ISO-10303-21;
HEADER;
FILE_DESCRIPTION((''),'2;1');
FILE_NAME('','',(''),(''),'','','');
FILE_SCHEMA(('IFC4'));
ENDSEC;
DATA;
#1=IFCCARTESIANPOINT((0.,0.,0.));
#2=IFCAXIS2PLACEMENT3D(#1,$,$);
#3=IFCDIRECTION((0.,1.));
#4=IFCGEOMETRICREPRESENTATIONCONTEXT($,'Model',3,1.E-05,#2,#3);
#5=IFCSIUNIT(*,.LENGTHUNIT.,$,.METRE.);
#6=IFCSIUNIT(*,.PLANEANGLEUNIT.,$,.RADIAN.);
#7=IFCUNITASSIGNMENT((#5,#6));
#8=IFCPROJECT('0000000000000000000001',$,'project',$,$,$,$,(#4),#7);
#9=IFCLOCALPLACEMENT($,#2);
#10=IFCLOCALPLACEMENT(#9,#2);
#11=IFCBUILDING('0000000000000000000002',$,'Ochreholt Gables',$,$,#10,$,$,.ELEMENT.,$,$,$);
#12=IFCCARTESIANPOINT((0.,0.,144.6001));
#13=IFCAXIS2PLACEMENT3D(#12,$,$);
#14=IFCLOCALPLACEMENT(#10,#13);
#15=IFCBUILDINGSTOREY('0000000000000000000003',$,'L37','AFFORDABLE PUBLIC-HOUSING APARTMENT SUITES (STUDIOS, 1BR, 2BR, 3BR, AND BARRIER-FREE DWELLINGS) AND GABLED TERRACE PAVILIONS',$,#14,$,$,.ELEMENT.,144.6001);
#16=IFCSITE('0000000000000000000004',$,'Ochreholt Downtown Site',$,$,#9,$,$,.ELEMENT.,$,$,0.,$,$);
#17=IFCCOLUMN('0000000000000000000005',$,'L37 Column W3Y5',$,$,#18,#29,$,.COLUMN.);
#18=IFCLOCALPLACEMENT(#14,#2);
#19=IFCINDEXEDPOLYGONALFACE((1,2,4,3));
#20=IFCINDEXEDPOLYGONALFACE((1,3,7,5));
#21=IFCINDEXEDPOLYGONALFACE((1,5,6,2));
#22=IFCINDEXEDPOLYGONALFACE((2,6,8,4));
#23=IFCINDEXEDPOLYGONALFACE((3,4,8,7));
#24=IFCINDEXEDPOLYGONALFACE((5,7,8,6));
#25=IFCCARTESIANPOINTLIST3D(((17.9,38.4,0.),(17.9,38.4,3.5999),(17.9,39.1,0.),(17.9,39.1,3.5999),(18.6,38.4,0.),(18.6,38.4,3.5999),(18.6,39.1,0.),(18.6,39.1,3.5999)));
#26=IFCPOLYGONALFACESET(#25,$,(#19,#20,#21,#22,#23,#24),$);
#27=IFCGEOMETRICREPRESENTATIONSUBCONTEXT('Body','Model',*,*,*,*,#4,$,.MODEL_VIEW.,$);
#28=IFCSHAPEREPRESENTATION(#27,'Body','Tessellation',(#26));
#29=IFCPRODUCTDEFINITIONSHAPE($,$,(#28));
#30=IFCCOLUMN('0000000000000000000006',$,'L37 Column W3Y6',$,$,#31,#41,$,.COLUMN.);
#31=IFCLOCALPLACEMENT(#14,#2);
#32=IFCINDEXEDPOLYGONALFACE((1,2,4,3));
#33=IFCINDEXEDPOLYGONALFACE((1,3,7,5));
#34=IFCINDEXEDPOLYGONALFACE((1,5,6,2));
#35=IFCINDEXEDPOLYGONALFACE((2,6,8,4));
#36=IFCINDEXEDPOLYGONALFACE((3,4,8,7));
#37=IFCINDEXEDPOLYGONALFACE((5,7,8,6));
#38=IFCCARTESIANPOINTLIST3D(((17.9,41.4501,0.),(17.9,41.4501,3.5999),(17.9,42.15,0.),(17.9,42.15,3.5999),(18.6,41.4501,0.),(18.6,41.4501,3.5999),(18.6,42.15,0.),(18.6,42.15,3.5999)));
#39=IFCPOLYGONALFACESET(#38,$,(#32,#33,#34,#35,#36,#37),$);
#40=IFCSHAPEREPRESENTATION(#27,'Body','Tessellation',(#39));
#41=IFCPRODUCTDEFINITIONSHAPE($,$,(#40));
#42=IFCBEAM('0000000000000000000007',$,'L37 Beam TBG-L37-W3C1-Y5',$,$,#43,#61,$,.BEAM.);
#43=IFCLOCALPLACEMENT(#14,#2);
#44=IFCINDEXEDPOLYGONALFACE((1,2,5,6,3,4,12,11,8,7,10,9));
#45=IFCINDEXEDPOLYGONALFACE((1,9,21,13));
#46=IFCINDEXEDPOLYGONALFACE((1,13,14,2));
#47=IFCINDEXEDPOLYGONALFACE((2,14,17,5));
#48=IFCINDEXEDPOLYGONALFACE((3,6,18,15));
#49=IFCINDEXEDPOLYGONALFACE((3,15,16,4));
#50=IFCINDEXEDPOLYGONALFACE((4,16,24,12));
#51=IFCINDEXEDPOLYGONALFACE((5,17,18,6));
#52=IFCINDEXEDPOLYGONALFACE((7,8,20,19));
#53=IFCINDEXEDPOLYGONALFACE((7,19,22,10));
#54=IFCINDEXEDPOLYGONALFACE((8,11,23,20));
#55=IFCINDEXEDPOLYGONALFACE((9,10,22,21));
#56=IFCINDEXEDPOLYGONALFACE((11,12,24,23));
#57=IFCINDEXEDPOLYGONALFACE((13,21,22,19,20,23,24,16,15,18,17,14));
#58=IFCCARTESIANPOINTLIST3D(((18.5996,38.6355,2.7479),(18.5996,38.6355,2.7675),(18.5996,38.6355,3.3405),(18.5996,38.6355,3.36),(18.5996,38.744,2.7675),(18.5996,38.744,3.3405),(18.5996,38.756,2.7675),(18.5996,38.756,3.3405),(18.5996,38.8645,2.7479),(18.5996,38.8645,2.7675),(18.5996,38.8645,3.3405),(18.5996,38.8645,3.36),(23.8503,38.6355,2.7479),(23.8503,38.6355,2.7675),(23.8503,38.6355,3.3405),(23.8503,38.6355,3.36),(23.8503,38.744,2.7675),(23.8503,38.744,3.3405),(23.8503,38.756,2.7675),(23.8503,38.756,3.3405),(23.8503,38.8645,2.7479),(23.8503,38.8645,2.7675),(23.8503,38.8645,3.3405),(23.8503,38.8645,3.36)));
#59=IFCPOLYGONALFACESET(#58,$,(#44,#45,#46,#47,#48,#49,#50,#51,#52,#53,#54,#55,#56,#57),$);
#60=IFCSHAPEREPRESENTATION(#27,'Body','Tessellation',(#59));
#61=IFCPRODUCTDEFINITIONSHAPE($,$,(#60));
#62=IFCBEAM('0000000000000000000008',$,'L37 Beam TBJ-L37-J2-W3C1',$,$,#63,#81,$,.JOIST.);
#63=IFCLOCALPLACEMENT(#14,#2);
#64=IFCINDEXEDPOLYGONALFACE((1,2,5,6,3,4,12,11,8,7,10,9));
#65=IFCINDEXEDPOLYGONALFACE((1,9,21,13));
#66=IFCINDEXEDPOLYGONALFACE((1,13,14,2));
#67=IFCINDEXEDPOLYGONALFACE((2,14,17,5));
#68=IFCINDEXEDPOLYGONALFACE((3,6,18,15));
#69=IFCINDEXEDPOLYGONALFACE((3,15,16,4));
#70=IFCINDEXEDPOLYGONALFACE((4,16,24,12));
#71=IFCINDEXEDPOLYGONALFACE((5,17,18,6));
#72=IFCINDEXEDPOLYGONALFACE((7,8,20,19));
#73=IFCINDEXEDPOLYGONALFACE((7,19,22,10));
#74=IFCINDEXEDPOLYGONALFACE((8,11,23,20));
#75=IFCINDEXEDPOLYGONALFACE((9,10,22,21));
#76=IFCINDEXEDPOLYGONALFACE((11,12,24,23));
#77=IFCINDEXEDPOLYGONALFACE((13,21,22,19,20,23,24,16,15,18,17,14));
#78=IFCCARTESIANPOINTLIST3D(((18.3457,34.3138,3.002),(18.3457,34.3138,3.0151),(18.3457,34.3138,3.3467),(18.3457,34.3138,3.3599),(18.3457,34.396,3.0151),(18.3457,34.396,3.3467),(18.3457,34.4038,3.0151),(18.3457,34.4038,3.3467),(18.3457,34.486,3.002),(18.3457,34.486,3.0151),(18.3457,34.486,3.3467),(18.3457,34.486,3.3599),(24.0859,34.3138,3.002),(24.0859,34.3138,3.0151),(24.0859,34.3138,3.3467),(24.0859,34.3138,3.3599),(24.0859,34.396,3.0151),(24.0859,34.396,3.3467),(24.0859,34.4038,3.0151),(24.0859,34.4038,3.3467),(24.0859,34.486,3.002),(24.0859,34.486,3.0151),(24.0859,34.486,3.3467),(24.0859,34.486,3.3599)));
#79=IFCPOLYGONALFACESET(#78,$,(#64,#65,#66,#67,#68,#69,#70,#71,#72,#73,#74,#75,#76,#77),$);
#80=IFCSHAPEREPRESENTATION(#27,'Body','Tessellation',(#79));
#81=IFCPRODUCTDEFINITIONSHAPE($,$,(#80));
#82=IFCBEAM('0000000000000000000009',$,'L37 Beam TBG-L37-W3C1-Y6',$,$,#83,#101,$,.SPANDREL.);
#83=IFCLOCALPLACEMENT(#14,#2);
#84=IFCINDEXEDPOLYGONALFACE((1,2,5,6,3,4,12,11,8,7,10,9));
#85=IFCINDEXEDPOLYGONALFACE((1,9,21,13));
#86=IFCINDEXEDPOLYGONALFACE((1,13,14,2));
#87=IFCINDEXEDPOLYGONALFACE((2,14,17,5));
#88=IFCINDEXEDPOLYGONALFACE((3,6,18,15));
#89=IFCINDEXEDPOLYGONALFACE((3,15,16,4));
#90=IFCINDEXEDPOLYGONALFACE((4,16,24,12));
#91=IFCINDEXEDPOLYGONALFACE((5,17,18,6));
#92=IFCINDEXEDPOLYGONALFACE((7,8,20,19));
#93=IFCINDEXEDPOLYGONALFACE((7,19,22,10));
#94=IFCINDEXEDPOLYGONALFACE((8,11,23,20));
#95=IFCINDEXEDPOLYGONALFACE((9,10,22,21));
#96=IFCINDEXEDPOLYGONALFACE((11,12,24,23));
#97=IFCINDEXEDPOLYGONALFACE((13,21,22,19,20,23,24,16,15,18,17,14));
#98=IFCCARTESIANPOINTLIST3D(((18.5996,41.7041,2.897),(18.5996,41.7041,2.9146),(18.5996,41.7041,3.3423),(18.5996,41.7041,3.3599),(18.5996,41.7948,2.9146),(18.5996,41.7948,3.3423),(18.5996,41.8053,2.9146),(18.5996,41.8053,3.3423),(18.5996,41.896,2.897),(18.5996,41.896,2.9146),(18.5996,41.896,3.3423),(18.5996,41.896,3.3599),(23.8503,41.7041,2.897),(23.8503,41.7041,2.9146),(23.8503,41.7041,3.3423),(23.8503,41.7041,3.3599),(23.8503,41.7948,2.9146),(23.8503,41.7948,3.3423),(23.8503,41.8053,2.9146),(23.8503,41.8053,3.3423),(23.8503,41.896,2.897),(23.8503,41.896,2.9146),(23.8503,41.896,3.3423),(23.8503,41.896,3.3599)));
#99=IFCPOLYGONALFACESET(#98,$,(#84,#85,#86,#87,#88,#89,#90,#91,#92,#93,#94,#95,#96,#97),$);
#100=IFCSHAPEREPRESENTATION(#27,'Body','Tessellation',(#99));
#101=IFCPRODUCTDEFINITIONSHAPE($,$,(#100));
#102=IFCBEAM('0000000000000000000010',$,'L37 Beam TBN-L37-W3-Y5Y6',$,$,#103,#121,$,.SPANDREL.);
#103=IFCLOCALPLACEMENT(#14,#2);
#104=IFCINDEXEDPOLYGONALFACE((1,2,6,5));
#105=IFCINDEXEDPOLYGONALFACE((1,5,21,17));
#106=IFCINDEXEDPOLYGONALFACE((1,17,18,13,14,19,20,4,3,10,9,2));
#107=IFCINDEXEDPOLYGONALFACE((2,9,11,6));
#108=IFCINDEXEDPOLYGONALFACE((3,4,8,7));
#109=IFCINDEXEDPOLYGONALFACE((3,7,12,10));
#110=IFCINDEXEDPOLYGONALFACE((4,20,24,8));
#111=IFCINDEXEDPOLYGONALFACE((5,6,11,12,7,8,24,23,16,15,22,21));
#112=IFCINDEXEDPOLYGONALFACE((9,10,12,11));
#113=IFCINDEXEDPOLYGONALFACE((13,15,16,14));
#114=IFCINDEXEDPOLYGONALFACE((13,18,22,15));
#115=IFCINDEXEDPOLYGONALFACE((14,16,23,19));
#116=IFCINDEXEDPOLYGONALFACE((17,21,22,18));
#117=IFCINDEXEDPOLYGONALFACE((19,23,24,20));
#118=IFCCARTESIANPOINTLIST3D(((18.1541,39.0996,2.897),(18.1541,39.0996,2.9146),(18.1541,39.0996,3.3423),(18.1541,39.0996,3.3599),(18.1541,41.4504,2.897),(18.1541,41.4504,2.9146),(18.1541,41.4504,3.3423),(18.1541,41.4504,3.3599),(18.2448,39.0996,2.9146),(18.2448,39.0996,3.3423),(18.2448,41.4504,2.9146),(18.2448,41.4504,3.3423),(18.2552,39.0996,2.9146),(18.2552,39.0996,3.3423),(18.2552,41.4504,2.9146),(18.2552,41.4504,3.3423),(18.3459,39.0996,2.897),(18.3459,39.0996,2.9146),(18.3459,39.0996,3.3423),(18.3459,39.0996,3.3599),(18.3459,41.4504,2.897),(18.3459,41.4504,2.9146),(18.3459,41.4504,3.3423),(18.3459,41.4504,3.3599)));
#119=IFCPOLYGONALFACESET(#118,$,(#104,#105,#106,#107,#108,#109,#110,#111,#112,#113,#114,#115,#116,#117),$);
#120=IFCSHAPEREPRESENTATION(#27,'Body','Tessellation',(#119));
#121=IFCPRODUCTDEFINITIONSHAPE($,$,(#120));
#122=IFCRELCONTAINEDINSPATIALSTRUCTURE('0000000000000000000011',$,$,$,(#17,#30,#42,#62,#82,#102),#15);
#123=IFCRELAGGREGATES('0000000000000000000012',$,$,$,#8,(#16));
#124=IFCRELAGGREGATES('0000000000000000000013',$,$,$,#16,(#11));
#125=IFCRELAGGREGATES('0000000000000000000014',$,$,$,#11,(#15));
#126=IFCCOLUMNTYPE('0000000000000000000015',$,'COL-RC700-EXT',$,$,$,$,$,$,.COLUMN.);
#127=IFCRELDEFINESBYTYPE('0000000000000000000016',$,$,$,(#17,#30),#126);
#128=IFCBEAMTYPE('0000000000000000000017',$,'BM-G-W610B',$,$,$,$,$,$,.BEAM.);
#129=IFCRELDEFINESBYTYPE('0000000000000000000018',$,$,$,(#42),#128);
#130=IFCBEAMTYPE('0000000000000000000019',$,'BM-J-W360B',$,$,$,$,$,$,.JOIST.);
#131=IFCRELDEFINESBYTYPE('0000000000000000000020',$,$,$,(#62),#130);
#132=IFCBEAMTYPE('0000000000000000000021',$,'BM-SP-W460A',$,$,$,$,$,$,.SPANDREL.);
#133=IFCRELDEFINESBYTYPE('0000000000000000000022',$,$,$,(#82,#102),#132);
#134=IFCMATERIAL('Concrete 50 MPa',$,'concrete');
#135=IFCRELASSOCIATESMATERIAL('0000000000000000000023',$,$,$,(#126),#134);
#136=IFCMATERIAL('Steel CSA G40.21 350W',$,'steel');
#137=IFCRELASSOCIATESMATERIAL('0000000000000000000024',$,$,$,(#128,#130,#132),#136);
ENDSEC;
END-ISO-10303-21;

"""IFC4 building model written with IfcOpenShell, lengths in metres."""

from ifc_helpers import new_model, si_unit, direction, frame, origin, origin_2d, place, context, subcontext, project, spatial, rectangle, i_section, extrude, material, material_profile, profile_set, type_object, element, save


model = new_model("IFC4")

# Units and contexts
model_context = context("Model", 3, precision=1e-05, world=origin(), true_north=direction((0.0, 1.0)))
body_context = subcontext(model_context, "Body", "Model", "MODEL_VIEW")
ifc_project = project(units=[si_unit("LENGTHUNIT", "METRE"), si_unit("PLANEANGLEUNIT", "RADIAN")], contexts=[model_context])

# Site, building, storey
site_placement = place(None, origin())
site = spatial("IfcSite", under=ifc_project, at=site_placement, Name="Ochreholt Downtown Site", CompositionType="ELEMENT", RefElevation=0.0)
building_placement = place(site_placement, origin())
building = spatial("IfcBuilding", under=site, at=building_placement, Name="Ochreholt Gables", CompositionType="ELEMENT")
storey_placement = place(building_placement, frame((0.0, 0.0, 144.6001)))
storey = spatial("IfcBuildingStorey", under=building, at=storey_placement, Name="L37", Description="AFFORDABLE PUBLIC-HOUSING APARTMENT SUITES (STUDIOS, 1BR, 2BR, 3BR, AND BARRIER-FREE DWELLINGS) AND GABLED TERRACE PAVILIONS", CompositionType="ELEMENT", Elevation=144.6001)

# Columns
ifc_material_1 = material(Name="Concrete 50 MPa", Category="concrete")
ifc_material_profile_1 = material_profile(ifc_material_1, rectangle(XDim=0.7, YDim=0.7, at=origin_2d()), Name="RC700X700")
ifc_profile_set_1 = profile_set([ifc_material_profile_1], Name="Concrete 50 MPa")
column_type = type_object("IfcColumnType", Name="COL-RC700-EXT", PredefinedType="COLUMN", material=ifc_profile_set_1)
for number, where, z_axis, x_axis, name in (
    (1, (18.25, 38.75, 0.0), (0.0, 0.0, 1.0), (1.0, 0.0, 0.0), "L37 Column W3Y5"),
    (2, (18.25, 41.8, 0.0), (0.0, 0.0, 1.0), (1.0, 0.0, 0.0), "L37 Column W3Y6"),
):
    element("IfcColumn", number, at=place(storey_placement, frame(where, z_axis=z_axis, x_axis=x_axis)), inside=storey, type_object=column_type, Name=name, PredefinedType="COLUMN", context=body_context, shape_type="SweptSolid", body=[
        extrude(rectangle(XDim=0.7, YDim=0.7, at=origin_2d()), origin(), (0.0, 0.0, 1.0), 3.5999),
    ])

# Beams
ifc_material_2 = material(Name="Steel CSA G40.21 350W", Category="steel")
ifc_material_profile_2 = material_profile(ifc_material_2, i_section(OverallWidth=0.229, OverallDepth=0.6121, WebThickness=0.012, FlangeThickness=0.0195, at=origin_2d()), Name="W610X125")
ifc_profile_set_2 = profile_set([ifc_material_profile_2], Name="Steel CSA G40.21 350W")
beam_type_1 = type_object("IfcBeamType", Name="BM-G-W610B", PredefinedType="BEAM", material=ifc_profile_set_2)
beam_1_placement = place(storey_placement, frame((18.5996, 38.75, 3.054), z_axis=(1.0, 0.0, 0.0), x_axis=(0.0, 1.0, 0.0)))
element("IfcBeam", 3, at=beam_1_placement, inside=storey, type_object=beam_type_1, Name="L37 Beam TBG-L37-W3C1-Y5", PredefinedType="BEAM", context=body_context, shape_type="SweptSolid", body=[
    extrude(i_section(OverallWidth=0.229, OverallDepth=0.6121, WebThickness=0.012, FlangeThickness=0.0195, at=origin_2d()), origin(), (0.0, 0.0, 1.0), 5.2507),
])
ifc_material_profile_3 = material_profile(ifc_material_2, i_section(OverallWidth=0.1721, OverallDepth=0.3579, WebThickness=0.0078, FlangeThickness=0.0132, at=origin_2d()), Name="W360X57")
ifc_profile_set_3 = profile_set([ifc_material_profile_3], Name="Steel CSA G40.21 350W")
beam_type_2 = type_object("IfcBeamType", Name="BM-J-W360B", PredefinedType="JOIST", material=ifc_profile_set_3)
beam_2_placement = place(storey_placement, frame((18.3457, 34.3999, 3.1809), z_axis=(1.0, 0.0, 0.0), x_axis=(0.0, 1.0, 0.0)))
element("IfcBeam", 4, at=beam_2_placement, inside=storey, type_object=beam_type_2, Name="L37 Beam TBJ-L37-J2-W3C1", PredefinedType="JOIST", context=body_context, shape_type="SweptSolid", body=[
    extrude(i_section(OverallWidth=0.1721, OverallDepth=0.3579, WebThickness=0.0078, FlangeThickness=0.0132, at=origin_2d()), origin(), (0.0, 0.0, 1.0), 5.7402),
])
ifc_material_profile_4 = material_profile(ifc_material_2, i_section(OverallWidth=0.1919, OverallDepth=0.4629, WebThickness=0.0105, FlangeThickness=0.0176, at=origin_2d()), Name="W460X89")
ifc_profile_set_4 = profile_set([ifc_material_profile_4], Name="Steel CSA G40.21 350W")
beam_type_3 = type_object("IfcBeamType", Name="BM-SP-W460A", PredefinedType="SPANDREL", material=ifc_profile_set_4)
beam_3_placement = place(storey_placement, frame((18.5996, 41.8, 3.1284), z_axis=(1.0, 0.0, 0.0), x_axis=(0.0, 1.0, 0.0)))
element("IfcBeam", 5, at=beam_3_placement, inside=storey, type_object=beam_type_3, Name="L37 Beam TBG-L37-W3C1-Y6", PredefinedType="SPANDREL", context=body_context, shape_type="SweptSolid", body=[
    extrude(i_section(OverallWidth=0.1919, OverallDepth=0.4629, WebThickness=0.0105, FlangeThickness=0.0176, at=origin_2d()), origin(), (0.0, 0.0, 1.0), 5.2507),
])
beam_4_placement = place(storey_placement, frame((18.25, 39.0996, 3.1284), z_axis=(0.0, 1.0, 0.0), x_axis=(-1.0, 0.0, 0.0)))
element("IfcBeam", 6, at=beam_4_placement, inside=storey, type_object=beam_type_3, Name="L37 Beam TBN-L37-W3-Y5Y6", PredefinedType="SPANDREL", context=body_context, shape_type="SweptSolid", body=[
    extrude(i_section(OverallWidth=0.1919, OverallDepth=0.4629, WebThickness=0.0105, FlangeThickness=0.0176, at=origin_2d()), origin(), (0.0, 0.0, 1.0), 2.3508),
])

save(model, "model.ifc")
